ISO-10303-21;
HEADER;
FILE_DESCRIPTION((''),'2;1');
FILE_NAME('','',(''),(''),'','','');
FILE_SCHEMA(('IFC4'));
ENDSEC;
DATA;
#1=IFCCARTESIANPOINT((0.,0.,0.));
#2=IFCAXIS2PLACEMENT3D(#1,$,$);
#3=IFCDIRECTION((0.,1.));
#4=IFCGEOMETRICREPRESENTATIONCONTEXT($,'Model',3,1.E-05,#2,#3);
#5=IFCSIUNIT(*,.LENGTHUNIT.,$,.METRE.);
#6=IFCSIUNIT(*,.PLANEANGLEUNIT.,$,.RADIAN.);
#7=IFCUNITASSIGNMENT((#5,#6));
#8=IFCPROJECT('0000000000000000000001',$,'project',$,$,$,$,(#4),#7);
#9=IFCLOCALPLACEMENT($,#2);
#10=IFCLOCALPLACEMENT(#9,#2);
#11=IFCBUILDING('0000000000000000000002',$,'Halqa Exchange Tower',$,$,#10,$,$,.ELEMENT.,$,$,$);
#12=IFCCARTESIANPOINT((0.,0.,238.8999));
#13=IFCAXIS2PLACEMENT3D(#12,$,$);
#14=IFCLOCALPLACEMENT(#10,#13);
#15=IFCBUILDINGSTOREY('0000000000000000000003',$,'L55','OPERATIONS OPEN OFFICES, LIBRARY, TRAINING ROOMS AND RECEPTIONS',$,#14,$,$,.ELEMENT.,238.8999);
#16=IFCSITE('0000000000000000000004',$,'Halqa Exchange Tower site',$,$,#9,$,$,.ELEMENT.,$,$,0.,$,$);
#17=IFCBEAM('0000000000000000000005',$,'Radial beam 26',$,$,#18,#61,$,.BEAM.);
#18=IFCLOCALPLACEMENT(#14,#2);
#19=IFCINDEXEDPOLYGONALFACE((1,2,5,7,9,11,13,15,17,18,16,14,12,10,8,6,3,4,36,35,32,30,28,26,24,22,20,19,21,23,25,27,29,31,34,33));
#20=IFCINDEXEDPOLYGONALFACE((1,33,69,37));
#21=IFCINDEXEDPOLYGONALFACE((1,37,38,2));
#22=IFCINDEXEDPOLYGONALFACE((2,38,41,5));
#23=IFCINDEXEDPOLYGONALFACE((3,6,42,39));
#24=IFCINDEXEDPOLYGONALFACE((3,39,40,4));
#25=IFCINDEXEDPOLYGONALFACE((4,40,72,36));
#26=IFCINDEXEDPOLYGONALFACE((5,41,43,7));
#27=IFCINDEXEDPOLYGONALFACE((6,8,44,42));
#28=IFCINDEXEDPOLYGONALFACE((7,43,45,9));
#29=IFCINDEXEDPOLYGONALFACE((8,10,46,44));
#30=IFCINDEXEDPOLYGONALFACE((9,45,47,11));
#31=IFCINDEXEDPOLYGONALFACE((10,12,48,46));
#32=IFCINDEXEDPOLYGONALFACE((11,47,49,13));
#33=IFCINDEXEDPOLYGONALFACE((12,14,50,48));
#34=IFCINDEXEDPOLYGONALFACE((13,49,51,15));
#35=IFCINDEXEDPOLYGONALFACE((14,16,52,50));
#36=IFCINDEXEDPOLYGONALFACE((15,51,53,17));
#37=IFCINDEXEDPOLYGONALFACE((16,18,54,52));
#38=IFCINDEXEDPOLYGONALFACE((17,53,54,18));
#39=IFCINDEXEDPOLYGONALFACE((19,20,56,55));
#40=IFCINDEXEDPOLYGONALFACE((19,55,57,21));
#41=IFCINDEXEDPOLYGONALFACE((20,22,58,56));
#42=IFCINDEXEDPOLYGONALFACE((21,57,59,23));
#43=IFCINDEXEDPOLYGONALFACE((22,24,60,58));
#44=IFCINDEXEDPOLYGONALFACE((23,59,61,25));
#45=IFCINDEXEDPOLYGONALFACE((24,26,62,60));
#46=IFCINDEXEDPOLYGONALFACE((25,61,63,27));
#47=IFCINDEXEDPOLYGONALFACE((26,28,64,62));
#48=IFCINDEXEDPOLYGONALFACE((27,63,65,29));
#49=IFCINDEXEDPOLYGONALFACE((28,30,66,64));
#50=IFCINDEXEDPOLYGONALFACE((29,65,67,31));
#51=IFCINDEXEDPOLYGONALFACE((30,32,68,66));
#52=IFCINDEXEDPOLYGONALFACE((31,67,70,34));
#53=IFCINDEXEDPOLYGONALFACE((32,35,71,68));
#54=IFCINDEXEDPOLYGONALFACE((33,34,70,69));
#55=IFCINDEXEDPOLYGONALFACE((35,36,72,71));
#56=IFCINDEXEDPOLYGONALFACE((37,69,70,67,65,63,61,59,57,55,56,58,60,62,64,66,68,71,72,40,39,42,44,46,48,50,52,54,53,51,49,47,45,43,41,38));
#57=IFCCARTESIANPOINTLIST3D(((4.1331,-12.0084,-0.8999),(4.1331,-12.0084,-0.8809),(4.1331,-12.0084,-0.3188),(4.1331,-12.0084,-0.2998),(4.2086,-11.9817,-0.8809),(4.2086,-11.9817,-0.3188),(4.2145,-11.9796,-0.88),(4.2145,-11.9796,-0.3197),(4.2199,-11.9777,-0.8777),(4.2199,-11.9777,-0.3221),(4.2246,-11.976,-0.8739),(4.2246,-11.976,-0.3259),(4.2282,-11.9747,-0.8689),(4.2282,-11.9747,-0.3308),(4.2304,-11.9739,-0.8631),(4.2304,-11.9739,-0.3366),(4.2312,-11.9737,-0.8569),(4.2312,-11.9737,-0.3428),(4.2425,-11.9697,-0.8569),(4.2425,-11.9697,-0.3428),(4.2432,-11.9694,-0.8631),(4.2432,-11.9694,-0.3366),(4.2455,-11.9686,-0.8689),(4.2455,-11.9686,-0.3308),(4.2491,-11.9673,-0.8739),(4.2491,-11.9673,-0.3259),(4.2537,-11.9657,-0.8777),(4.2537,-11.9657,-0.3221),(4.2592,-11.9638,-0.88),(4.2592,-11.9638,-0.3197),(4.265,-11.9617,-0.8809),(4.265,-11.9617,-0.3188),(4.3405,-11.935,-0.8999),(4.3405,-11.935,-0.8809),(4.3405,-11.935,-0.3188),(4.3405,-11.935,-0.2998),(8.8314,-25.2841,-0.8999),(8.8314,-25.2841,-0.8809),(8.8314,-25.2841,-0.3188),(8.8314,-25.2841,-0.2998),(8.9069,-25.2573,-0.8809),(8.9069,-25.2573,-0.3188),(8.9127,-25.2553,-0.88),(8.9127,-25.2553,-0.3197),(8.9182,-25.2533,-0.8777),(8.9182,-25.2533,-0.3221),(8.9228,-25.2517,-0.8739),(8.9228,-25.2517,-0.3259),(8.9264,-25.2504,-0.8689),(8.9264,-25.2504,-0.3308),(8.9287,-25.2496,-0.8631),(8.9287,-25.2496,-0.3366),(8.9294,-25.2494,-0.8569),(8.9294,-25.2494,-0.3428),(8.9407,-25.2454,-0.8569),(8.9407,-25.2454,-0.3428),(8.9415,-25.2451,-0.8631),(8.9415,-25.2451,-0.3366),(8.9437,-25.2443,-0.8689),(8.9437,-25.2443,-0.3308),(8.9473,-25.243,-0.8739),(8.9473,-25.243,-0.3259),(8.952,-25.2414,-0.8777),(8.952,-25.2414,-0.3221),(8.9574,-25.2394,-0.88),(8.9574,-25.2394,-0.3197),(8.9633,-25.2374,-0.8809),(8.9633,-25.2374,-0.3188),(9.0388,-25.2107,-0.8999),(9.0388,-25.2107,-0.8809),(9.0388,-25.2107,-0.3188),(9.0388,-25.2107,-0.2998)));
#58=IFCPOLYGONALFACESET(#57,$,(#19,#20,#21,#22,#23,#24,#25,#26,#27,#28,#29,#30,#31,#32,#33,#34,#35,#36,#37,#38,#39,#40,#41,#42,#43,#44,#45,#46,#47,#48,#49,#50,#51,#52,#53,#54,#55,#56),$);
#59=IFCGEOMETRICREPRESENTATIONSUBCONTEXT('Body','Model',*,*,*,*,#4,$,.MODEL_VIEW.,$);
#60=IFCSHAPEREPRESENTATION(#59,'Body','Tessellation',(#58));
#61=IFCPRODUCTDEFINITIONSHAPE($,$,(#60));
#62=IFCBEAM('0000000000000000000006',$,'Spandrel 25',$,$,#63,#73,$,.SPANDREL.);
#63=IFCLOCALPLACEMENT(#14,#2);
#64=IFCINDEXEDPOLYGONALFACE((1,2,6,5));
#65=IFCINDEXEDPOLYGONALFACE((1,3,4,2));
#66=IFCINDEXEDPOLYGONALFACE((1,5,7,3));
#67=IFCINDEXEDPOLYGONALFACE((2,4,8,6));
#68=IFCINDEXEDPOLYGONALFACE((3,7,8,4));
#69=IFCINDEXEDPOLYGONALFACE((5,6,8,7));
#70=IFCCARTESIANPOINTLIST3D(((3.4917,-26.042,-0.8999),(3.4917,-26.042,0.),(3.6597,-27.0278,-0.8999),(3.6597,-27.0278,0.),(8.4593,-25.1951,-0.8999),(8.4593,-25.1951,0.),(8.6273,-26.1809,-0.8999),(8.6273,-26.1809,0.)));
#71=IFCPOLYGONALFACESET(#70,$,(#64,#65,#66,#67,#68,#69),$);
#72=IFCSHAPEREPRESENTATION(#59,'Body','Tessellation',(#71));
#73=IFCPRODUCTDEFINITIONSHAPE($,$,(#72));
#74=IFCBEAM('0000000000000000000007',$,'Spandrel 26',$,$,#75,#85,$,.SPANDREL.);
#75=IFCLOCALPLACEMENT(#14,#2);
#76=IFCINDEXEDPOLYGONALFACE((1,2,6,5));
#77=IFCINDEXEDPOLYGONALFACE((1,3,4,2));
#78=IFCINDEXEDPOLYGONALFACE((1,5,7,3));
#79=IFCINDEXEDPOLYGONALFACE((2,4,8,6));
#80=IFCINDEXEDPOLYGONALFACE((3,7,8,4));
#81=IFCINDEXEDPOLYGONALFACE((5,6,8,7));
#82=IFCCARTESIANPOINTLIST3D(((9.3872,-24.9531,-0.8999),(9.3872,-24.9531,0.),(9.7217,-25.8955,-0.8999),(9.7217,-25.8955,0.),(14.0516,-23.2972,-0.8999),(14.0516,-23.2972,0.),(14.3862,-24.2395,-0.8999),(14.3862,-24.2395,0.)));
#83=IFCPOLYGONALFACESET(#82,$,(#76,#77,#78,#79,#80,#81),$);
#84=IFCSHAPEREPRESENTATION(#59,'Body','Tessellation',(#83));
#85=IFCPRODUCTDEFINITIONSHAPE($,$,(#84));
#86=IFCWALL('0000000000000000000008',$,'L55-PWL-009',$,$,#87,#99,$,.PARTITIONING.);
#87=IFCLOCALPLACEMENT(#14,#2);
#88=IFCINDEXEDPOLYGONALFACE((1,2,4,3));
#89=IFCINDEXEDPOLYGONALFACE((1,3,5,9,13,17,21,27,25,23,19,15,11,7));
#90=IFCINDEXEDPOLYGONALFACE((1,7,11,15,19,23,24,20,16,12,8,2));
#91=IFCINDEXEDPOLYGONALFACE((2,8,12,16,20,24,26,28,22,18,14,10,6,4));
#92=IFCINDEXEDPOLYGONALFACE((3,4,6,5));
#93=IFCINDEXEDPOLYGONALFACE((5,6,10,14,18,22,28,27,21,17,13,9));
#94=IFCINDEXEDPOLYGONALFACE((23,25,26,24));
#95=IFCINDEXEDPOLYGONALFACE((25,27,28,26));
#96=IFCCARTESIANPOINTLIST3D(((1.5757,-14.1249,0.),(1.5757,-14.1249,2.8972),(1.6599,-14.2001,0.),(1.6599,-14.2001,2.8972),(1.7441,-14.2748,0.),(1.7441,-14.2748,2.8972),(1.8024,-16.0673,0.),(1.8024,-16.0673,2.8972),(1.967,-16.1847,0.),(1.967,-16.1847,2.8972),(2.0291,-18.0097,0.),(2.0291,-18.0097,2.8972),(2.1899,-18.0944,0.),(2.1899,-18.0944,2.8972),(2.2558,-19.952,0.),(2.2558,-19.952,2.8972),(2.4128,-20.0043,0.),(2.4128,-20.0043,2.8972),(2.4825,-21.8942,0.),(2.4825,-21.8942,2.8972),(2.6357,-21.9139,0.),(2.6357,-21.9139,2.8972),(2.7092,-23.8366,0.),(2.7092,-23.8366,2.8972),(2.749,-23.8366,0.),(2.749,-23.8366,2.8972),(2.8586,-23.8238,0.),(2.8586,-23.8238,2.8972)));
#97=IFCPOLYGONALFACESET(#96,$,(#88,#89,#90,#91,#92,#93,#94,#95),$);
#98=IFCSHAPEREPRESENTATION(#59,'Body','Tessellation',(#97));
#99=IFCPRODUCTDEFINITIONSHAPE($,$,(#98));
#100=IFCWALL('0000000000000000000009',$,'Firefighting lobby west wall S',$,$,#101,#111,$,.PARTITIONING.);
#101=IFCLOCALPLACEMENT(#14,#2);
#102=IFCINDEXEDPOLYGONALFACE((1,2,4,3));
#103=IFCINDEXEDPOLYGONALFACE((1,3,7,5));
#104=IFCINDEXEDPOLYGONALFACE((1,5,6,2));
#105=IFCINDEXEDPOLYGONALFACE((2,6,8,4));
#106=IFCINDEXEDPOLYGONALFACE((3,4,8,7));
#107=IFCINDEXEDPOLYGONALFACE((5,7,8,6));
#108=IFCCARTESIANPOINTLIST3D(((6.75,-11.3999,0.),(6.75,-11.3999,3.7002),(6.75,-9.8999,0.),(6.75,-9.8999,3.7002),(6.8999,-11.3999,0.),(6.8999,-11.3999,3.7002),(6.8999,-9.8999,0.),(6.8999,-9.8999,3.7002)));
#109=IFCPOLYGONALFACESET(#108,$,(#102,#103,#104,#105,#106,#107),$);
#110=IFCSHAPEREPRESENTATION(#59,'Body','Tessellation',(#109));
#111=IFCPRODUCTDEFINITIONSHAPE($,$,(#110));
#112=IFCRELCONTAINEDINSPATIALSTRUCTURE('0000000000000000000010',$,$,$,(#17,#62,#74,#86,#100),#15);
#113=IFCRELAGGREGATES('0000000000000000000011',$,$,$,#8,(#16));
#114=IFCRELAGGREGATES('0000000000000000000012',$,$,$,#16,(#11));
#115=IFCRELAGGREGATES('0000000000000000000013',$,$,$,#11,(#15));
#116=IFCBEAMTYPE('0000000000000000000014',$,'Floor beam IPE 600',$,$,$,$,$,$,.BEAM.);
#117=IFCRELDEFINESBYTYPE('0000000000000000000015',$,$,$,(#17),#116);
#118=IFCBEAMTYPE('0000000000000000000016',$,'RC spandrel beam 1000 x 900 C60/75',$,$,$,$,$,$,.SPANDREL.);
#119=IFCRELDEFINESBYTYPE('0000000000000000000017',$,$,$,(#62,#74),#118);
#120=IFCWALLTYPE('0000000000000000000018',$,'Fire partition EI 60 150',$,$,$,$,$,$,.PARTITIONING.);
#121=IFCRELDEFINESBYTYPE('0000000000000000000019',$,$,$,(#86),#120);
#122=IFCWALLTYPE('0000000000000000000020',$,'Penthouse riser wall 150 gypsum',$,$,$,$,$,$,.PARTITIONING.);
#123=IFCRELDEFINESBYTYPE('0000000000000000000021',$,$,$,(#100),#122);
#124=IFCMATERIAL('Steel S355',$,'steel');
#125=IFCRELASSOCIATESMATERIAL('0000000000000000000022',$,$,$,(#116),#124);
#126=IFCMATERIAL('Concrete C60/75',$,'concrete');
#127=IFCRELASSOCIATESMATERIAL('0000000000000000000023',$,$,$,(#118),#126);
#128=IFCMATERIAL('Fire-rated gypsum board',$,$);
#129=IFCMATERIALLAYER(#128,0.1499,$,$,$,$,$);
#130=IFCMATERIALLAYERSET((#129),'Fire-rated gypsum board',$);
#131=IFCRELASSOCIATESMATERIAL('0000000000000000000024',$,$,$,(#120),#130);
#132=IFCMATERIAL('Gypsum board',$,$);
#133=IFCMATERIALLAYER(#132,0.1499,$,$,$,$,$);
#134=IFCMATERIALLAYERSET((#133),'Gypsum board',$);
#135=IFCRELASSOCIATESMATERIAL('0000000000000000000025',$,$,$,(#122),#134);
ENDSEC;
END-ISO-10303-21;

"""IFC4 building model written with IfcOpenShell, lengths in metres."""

from ifc_helpers import new_model, si_unit, direction, frame, frame_2d, origin, origin_2d, place, context, subcontext, project, spatial, polyline, rectangle, i_section, outline, extrude, material, layer, layer_set, material_profile, profile_set, type_object, element, save


model = new_model("IFC4")

# Units and contexts
model_context = context("Model", 3, precision=1e-05, world=origin(), true_north=direction((0.0, 1.0)))
body_context = subcontext(model_context, "Body", "Model", "MODEL_VIEW")
ifc_project = project(units=[si_unit("LENGTHUNIT", "METRE"), si_unit("PLANEANGLEUNIT", "RADIAN")], contexts=[model_context])

# Site, building, storey
site_placement = place(None, origin())
site = spatial("IfcSite", under=ifc_project, at=site_placement, Name="Halqa Exchange Tower site", CompositionType="ELEMENT", RefElevation=0.0)
building_placement = place(site_placement, origin())
building = spatial("IfcBuilding", under=site, at=building_placement, Name="Halqa Exchange Tower", CompositionType="ELEMENT")
storey_placement = place(building_placement, frame((0.0, 0.0, 238.8999)))
storey = spatial("IfcBuildingStorey", under=building, at=storey_placement, Name="L55", Description="OPERATIONS OPEN OFFICES, LIBRARY, TRAINING ROOMS AND RECEPTIONS", CompositionType="ELEMENT", Elevation=238.8999)

# Shared definitions
ifc_material_1 = material(Name="Concrete C60/75", Category="concrete")

# Beams
ifc_material_2 = material(Name="Steel S355", Category="steel")
ifc_material_profile_1 = material_profile(ifc_material_2, i_section(OverallWidth=0.22, OverallDepth=0.6001, WebThickness=0.012, FlangeThickness=0.019, FilletRadius=0.0239, at=origin_2d()), Name="IPE 600")
ifc_profile_set_1 = profile_set([ifc_material_profile_1], Name="Steel S355")
beam_type_1 = type_object("IfcBeamType", Name="Floor beam IPE 600", PredefinedType="BEAM", material=ifc_profile_set_1)
beam_1_placement = place(storey_placement, frame((4.2368, -11.9717, -0.5999), z_axis=(0.333623, -0.942706, 0.0), x_axis=(0.942706, 0.333623, 0.0)))
element("IfcBeam", 1, at=beam_1_placement, inside=storey, type_object=beam_type_1, Name="Radial beam 26", PredefinedType="BEAM", context=body_context, shape_type="SweptSolid", body=[
    extrude(i_section(OverallWidth=0.22, OverallDepth=0.6001, WebThickness=0.012, FlangeThickness=0.019, FilletRadius=0.0239, at=origin_2d()), origin(), (0.0, 0.0, 1.0), 14.0825),
])
ifc_material_profile_2 = material_profile(ifc_material_1, rectangle(XDim=1.0, YDim=0.8999, at=origin_2d()), Name="1000 x 900")
ifc_profile_set_2 = profile_set([ifc_material_profile_2], Name="Concrete C60/75")
beam_type_2 = type_object("IfcBeamType", Name="RC spandrel beam 1000 x 900 C60/75", PredefinedType="SPANDREL", material=ifc_profile_set_2)
beam_2_placement = place(storey_placement, frame((3.5757, -26.5349, -0.45), z_axis=(0.985776, 0.168067, 0.0), x_axis=(-0.168067, 0.985776, 0.0)))
element("IfcBeam", 2, at=beam_2_placement, inside=storey, type_object=beam_type_2, Name="Spandrel 25", PredefinedType="SPANDREL", context=body_context, shape_type="SweptSolid", body=[
    extrude(rectangle(XDim=1.0, YDim=0.8999, at=origin_2d()), origin(), (0.0, 0.0, 1.0), 5.0393),
])
beam_3_placement = place(storey_placement, frame((9.5544, -25.4243, -0.45), z_axis=(0.942374, 0.334561, 0.0), x_axis=(-0.334561, 0.942374, 0.0)))
element("IfcBeam", 3, at=beam_3_placement, inside=storey, type_object=beam_type_2, Name="Spandrel 26", PredefinedType="SPANDREL", context=body_context, shape_type="SweptSolid", body=[
    extrude(rectangle(XDim=1.0, YDim=0.8999, at=origin_2d()), origin(), (0.0, 0.0, 1.0), 4.9497),
])

# Walls
ifc_material_3 = material(Name="Fire-rated gypsum board")
ifc_layer_1 = layer(ifc_material_3, 0.1499)
ifc_layer_set_1 = layer_set([ifc_layer_1], Name="Fire-rated gypsum board")
wall_type_1 = type_object("IfcWallType", Name="Fire partition EI 60 150", PredefinedType="PARTITIONING", material=ifc_layer_set_1)
wall_1_placement = place(storey_placement, frame((1.6501, -14.1162, 0.0), z_axis=(0.0, 0.0, 1.0), x_axis=(0.115927, -0.993258, 0.0)))
element("IfcWall", 4, at=wall_1_placement, inside=storey, type_object=wall_type_1, Name="L55-PWL-009", PredefinedType="PARTITIONING", context=body_context, shape_type="SweptSolid", body=[
    extrude(outline(polyline([(0.0, -0.075), (1.9556, -0.075), (3.9111, -0.075), (5.8667, -0.075), (7.822, -0.075), (9.7776, -0.075), (9.7822, -0.0354), (9.7822, 0.075), (7.8594, 0.075), (5.9368, 0.075), (4.0139, 0.075), (2.0913, 0.075), (0.1685, 0.075), (0.0845, 0.0), (0.0, -0.075)])), origin(), (0.0, 0.0, 1.0), 2.8972),
])
ifc_material_4 = material(Name="Gypsum board")
ifc_layer_2 = layer(ifc_material_4, 0.1499)
ifc_layer_set_2 = layer_set([ifc_layer_2], Name="Gypsum board")
wall_type_2 = type_object("IfcWallType", Name="Penthouse riser wall 150 gypsum", PredefinedType="PARTITIONING", material=ifc_layer_set_2)
wall_2_placement = place(storey_placement, frame((6.825, -11.3999, 0.0), z_axis=(0.0, 0.0, 1.0), x_axis=(0.0, 1.0, 0.0)))
element("IfcWall", 5, at=wall_2_placement, inside=storey, type_object=wall_type_2, Name="Firefighting lobby west wall S", PredefinedType="PARTITIONING", context=body_context, shape_type="SweptSolid", body=[
    extrude(rectangle(XDim=1.5, YDim=0.1499, at=frame_2d((0.75, 0.0))), origin(), (0.0, 0.0, 1.0), 3.7002),
])

save(model, "model.ifc")
